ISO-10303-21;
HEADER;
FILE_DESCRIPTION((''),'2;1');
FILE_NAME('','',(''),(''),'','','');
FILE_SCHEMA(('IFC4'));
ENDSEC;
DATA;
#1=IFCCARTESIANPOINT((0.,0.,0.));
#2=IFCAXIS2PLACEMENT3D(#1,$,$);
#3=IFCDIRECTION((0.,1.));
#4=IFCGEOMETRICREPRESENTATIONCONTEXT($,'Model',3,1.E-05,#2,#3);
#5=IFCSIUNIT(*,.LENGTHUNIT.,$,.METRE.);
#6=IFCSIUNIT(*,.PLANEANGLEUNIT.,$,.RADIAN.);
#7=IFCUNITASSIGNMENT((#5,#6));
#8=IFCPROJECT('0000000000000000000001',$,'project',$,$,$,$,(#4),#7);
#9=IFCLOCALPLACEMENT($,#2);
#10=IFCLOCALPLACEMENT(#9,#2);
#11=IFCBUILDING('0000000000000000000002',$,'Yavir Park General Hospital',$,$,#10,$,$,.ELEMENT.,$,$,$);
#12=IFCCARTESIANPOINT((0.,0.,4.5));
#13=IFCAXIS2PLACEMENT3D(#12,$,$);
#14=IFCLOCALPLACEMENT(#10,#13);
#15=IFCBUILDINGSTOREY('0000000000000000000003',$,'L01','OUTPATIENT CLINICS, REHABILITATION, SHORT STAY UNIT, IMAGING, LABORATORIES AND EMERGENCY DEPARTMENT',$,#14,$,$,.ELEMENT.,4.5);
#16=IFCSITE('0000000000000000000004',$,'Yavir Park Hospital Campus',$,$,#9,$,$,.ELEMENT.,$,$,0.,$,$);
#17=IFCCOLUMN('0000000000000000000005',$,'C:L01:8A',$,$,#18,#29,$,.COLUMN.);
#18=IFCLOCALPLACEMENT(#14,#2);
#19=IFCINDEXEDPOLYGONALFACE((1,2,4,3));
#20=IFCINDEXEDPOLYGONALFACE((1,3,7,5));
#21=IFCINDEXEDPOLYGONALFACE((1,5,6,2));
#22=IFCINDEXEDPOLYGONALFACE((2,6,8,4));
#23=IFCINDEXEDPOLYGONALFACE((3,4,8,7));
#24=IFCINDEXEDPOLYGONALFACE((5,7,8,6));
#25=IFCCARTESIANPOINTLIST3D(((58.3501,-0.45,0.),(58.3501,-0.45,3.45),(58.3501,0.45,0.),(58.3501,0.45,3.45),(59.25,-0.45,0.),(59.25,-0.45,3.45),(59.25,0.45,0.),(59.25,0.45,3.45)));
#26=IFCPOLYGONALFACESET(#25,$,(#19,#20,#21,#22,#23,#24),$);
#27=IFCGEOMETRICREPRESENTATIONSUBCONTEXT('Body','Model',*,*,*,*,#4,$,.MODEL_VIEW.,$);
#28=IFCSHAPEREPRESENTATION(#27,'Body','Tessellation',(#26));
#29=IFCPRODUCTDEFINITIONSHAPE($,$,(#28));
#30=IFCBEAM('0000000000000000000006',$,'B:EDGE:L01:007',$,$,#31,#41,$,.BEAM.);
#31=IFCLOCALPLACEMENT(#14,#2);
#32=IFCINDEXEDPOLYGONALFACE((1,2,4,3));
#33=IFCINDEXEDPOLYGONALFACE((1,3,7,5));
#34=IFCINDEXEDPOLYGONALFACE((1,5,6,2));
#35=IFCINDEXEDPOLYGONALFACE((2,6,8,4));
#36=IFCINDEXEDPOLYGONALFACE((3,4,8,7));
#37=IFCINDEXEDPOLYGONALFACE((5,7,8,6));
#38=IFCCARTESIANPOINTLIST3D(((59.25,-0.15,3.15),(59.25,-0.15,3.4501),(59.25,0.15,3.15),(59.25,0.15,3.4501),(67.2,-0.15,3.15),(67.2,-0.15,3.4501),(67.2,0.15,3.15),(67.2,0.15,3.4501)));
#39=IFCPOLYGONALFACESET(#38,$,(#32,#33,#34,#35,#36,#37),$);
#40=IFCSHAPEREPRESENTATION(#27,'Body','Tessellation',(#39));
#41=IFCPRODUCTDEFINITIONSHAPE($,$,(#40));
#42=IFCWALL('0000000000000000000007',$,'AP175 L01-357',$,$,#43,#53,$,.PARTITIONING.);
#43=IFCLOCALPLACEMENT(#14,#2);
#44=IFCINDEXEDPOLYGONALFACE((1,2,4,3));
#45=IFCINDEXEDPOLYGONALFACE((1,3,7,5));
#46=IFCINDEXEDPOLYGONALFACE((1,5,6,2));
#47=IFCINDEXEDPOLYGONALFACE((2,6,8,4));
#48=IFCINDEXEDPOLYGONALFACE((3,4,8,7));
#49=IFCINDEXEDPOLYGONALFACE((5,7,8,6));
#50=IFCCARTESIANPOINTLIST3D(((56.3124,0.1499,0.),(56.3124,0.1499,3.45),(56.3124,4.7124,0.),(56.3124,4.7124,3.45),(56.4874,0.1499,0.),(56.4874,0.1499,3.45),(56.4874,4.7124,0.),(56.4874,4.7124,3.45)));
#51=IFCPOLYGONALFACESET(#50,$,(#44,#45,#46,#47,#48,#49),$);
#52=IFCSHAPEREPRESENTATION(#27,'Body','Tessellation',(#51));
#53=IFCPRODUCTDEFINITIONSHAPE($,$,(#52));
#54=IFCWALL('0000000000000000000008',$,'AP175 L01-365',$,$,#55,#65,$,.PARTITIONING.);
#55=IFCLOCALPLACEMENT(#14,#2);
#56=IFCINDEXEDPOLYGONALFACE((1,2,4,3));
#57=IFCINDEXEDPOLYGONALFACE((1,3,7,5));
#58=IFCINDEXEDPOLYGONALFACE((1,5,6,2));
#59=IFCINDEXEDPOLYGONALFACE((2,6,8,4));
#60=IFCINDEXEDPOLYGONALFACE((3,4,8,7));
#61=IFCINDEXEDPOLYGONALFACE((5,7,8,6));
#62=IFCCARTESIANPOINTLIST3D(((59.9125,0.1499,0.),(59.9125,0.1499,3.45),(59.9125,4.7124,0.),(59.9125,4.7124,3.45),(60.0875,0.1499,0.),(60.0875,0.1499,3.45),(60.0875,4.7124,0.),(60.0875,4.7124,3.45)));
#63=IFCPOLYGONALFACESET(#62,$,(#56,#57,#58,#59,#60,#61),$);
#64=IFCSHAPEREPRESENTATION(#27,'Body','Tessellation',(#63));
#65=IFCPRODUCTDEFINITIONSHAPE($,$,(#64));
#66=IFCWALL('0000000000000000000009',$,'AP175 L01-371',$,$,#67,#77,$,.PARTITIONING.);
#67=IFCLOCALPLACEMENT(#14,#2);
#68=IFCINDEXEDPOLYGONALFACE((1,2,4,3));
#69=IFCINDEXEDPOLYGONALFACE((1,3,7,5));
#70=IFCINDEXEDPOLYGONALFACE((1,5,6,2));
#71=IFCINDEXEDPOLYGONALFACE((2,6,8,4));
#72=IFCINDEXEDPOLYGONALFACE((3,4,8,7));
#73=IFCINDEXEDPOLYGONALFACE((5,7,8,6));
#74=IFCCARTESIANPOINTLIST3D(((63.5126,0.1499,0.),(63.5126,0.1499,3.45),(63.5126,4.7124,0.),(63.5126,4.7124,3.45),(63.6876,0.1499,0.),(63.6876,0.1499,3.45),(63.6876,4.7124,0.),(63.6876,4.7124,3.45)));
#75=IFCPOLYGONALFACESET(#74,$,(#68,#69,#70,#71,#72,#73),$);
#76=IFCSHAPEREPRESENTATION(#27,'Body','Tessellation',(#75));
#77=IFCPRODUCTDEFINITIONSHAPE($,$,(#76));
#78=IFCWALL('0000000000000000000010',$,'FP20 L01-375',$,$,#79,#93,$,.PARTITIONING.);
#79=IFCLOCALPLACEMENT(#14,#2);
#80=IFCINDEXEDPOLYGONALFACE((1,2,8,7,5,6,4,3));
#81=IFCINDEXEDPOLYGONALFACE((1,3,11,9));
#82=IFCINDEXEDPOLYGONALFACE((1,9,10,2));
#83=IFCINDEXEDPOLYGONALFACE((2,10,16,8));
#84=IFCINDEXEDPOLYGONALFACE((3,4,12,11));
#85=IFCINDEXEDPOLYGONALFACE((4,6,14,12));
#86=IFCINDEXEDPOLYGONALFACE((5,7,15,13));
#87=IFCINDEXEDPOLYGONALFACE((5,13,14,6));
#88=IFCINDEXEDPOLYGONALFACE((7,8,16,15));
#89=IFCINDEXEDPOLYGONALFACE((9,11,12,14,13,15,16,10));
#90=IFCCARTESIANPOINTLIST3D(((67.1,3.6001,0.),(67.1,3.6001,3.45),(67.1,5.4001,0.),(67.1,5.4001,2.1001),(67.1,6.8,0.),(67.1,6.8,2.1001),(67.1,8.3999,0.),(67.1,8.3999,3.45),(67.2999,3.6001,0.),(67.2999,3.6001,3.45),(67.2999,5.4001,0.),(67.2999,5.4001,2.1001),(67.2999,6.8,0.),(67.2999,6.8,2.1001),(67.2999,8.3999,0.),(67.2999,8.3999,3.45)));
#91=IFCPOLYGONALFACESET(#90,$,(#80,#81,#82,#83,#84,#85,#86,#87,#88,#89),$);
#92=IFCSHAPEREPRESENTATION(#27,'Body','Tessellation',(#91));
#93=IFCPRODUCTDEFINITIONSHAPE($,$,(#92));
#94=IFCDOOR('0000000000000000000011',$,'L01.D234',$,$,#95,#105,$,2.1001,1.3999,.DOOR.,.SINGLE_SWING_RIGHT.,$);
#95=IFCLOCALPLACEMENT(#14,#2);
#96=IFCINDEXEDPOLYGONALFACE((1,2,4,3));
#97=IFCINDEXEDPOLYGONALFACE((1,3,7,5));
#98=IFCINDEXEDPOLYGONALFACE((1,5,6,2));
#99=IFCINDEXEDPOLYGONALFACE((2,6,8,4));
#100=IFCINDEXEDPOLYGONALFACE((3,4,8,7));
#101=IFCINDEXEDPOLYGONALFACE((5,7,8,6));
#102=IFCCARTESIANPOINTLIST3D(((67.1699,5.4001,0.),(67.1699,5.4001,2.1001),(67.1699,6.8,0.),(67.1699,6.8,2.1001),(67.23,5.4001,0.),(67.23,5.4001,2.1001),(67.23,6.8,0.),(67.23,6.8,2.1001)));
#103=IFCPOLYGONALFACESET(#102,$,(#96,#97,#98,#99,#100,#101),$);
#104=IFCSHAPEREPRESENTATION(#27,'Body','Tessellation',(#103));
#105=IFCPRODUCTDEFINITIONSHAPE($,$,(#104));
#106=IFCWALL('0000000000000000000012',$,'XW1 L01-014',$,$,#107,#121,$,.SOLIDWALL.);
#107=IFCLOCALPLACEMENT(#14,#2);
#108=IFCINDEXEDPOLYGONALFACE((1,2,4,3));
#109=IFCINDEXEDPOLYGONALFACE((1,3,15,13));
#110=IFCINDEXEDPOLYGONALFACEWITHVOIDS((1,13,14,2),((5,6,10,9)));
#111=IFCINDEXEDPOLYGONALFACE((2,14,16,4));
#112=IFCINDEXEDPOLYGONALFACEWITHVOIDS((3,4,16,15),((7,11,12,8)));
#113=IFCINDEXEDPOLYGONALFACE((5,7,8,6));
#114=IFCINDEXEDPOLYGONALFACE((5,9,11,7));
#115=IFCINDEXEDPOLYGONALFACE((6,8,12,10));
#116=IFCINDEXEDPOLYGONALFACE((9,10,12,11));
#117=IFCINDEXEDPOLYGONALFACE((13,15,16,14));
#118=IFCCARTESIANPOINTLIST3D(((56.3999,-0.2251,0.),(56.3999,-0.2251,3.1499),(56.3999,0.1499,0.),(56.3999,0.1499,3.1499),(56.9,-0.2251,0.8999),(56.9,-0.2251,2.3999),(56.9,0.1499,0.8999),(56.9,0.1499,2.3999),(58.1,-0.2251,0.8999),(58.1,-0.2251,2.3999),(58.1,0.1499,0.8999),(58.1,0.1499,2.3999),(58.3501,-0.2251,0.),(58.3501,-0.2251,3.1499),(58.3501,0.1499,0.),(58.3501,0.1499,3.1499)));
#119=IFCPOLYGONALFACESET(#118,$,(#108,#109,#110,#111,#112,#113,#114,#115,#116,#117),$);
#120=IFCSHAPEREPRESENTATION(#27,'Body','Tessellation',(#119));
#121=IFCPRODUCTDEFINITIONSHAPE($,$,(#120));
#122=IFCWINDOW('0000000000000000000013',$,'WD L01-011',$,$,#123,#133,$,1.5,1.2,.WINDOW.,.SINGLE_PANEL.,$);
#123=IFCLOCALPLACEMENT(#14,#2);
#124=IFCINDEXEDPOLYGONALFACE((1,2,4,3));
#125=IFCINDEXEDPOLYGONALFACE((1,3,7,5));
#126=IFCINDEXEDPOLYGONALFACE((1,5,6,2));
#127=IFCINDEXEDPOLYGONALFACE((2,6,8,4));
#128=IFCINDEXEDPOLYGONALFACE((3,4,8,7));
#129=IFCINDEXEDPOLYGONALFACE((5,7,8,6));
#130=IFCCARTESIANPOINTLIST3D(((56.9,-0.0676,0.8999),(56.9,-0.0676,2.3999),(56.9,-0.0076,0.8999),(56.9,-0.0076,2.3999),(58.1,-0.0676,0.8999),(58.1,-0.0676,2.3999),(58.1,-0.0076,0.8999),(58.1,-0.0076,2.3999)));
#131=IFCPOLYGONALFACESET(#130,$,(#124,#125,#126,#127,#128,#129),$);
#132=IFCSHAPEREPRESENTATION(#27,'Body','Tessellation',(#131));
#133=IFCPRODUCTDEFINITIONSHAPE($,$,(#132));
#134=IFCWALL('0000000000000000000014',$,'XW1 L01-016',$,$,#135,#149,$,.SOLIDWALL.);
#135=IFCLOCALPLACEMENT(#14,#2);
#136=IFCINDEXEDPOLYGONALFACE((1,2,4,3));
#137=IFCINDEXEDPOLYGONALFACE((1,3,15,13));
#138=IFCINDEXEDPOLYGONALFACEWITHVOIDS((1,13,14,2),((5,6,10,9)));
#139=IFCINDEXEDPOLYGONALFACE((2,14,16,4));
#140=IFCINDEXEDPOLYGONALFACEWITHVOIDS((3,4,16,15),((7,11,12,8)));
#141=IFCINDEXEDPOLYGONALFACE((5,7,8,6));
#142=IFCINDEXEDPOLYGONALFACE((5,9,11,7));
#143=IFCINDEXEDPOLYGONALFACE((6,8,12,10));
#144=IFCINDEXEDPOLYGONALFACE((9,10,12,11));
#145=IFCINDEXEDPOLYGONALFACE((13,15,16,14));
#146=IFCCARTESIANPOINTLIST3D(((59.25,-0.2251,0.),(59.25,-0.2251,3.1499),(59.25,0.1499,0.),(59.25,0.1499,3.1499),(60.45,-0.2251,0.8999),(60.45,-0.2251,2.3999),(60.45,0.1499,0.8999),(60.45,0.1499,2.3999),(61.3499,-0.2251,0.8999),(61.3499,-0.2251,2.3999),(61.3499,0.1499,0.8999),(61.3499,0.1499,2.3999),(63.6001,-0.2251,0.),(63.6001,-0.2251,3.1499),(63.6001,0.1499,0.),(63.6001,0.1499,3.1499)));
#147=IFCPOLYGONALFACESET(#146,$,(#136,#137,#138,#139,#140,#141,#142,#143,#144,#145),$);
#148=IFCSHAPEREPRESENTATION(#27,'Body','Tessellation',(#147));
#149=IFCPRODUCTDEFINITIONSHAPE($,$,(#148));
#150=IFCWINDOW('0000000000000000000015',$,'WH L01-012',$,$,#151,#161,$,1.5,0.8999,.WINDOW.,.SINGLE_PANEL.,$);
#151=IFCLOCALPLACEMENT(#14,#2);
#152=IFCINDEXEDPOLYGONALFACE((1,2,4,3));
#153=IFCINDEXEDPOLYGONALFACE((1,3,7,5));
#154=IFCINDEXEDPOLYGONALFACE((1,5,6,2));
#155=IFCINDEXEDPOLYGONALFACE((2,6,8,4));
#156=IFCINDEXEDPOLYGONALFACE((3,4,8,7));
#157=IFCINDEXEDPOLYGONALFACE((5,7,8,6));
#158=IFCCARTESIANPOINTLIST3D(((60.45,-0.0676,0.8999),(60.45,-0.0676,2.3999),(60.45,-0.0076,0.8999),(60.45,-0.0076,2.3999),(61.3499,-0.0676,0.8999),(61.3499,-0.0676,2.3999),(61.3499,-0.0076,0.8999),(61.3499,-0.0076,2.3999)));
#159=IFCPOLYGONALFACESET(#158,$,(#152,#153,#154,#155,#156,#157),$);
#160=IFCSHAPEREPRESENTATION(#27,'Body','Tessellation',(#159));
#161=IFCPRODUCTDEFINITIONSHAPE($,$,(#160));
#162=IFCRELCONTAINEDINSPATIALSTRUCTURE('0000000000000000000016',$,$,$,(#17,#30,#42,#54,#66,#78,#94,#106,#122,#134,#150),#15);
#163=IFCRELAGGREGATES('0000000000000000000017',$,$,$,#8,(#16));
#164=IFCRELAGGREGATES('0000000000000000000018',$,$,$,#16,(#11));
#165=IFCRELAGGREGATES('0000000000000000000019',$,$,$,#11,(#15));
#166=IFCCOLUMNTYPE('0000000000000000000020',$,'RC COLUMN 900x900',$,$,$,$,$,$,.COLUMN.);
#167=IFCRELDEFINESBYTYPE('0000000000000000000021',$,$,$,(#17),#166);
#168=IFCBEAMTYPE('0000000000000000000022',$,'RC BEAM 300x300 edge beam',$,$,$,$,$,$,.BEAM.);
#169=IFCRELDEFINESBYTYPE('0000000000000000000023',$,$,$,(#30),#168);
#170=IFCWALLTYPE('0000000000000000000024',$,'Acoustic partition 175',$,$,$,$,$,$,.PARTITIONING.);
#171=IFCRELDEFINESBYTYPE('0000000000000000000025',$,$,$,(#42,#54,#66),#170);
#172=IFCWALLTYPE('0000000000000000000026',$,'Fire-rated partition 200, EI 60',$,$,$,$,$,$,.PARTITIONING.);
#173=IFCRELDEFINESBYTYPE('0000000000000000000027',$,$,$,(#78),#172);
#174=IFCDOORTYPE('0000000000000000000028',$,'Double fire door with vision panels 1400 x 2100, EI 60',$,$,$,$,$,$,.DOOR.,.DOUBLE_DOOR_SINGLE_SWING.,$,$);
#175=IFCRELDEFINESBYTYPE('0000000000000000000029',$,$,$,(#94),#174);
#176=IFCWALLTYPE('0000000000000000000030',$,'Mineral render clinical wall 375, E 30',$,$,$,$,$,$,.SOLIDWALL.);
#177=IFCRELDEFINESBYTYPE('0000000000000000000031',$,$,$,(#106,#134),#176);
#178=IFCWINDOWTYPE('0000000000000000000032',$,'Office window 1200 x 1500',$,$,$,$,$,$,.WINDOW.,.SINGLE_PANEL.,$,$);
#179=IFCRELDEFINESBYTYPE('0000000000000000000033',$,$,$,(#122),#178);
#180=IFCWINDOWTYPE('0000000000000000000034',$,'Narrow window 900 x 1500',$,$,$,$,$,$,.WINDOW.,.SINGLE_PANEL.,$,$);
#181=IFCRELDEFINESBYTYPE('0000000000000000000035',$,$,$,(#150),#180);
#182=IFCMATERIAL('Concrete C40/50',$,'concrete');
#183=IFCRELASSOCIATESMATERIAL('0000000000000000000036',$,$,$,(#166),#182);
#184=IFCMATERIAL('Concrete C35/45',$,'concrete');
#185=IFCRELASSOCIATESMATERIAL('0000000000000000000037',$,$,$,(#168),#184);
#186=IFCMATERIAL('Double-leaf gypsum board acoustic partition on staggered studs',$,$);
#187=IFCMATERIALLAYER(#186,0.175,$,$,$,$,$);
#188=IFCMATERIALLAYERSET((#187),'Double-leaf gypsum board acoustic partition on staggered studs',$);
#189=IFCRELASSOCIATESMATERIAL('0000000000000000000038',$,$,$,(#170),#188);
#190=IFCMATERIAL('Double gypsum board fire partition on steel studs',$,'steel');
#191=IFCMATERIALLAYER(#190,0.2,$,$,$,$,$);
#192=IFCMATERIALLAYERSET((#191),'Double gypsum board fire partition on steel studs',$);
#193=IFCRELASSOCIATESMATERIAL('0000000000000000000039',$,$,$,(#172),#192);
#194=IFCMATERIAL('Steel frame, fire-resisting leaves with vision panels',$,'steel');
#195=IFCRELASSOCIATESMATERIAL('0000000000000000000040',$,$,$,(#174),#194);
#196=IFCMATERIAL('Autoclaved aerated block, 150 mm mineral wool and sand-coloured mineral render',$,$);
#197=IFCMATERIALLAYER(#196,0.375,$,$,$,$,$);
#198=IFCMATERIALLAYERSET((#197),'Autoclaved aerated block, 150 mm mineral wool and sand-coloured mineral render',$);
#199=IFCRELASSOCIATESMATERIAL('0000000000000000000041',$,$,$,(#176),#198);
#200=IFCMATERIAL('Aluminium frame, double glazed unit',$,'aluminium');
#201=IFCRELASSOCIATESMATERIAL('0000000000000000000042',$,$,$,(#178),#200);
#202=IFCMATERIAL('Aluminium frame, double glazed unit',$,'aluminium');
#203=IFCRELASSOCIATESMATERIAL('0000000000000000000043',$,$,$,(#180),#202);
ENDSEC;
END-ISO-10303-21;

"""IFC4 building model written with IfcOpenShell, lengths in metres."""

from ifc_helpers import new_model, si_unit, direction, frame, frame_2d, origin, origin_2d, place, context, subcontext, project, spatial, rectangle, extrude, material, layer, layer_set, material_profile, profile_set, type_object, element, fill, save


model = new_model("IFC4")

# Units and contexts
model_context = context("Model", 3, precision=1e-05, world=origin(), true_north=direction((0.0, 1.0)))
body_context = subcontext(model_context, "Body", "Model", "MODEL_VIEW")
ifc_project = project(units=[si_unit("LENGTHUNIT", "METRE"), si_unit("PLANEANGLEUNIT", "RADIAN")], contexts=[model_context])

# Site, building, storey
site_placement = place(None, origin())
site = spatial("IfcSite", under=ifc_project, at=site_placement, Name="Yavir Park Hospital Campus", CompositionType="ELEMENT", RefElevation=0.0)
building_placement = place(site_placement, origin())
building = spatial("IfcBuilding", under=site, at=building_placement, Name="Yavir Park General Hospital", CompositionType="ELEMENT")
storey_placement = place(building_placement, frame((0.0, 0.0, 4.5)))
storey = spatial("IfcBuildingStorey", under=building, at=storey_placement, Name="L01", Description="OUTPATIENT CLINICS, REHABILITATION, SHORT STAY UNIT, IMAGING, LABORATORIES AND EMERGENCY DEPARTMENT", CompositionType="ELEMENT", Elevation=4.5)

# Column
ifc_material_1 = material(Name="Concrete C40/50", Category="concrete")
ifc_material_profile_1 = material_profile(ifc_material_1, rectangle(XDim=0.8999, YDim=0.8999, at=origin_2d()), Name="RC900x900")
ifc_profile_set_1 = profile_set([ifc_material_profile_1], Name="Concrete C40/50")
column_type = type_object("IfcColumnType", Name="RC COLUMN 900x900", PredefinedType="COLUMN", material=ifc_profile_set_1)
column_placement = place(storey_placement, frame((58.8, 0.0, 0.0), z_axis=(0.0, 0.0, 1.0), x_axis=(1.0, 0.0, 0.0)))
element("IfcColumn", 1, at=column_placement, inside=storey, type_object=column_type, Name="C:L01:8A", PredefinedType="COLUMN", context=body_context, shape_type="SweptSolid", body=[
    extrude(rectangle(XDim=0.8999, YDim=0.8999, at=origin_2d()), origin(), (0.0, 0.0, 1.0), 3.45),
])

# Beam
ifc_material_2 = material(Name="Concrete C35/45", Category="concrete")
ifc_material_profile_2 = material_profile(ifc_material_2, rectangle(XDim=0.3, YDim=0.3, at=origin_2d()), Name="RC300x300")
ifc_profile_set_2 = profile_set([ifc_material_profile_2], Name="Concrete C35/45")
beam_type = type_object("IfcBeamType", Name="RC BEAM 300x300 edge beam", PredefinedType="BEAM", material=ifc_profile_set_2)
beam_placement = place(storey_placement, frame((59.25, 0.0, 3.3), z_axis=(1.0, 0.0, 0.0), x_axis=(0.0, 1.0, 0.0)))
element("IfcBeam", 2, at=beam_placement, inside=storey, type_object=beam_type, Name="B:EDGE:L01:007", PredefinedType="BEAM", context=body_context, shape_type="SweptSolid", body=[
    extrude(rectangle(XDim=0.3, YDim=0.3, at=origin_2d()), origin(), (0.0, 0.0, 1.0), 7.95),
])

# Walls
ifc_material_3 = material(Name="Double-leaf gypsum board acoustic partition on staggered studs")
ifc_layer_1 = layer(ifc_material_3, 0.175)
ifc_layer_set_1 = layer_set([ifc_layer_1], Name="Double-leaf gypsum board acoustic partition on staggered studs")
wall_type_1 = type_object("IfcWallType", Name="Acoustic partition 175", PredefinedType="PARTITIONING", material=ifc_layer_set_1)
for number, where, z_axis, x_axis, name in (
    (3, (56.3999, 0.1499, 0.0), (0.0, 0.0, 1.0), (0.0, 1.0, 0.0), "AP175 L01-357"),
    (4, (60.0, 0.1499, 0.0), (0.0, 0.0, 1.0), (0.0, 1.0, 0.0), "AP175 L01-365"),
    (5, (63.6001, 0.1499, 0.0), (0.0, 0.0, 1.0), (0.0, 1.0, 0.0), "AP175 L01-371"),
):
    element("IfcWall", number, at=place(storey_placement, frame(where, z_axis=z_axis, x_axis=x_axis)), inside=storey, type_object=wall_type_1, Name=name, PredefinedType="PARTITIONING", context=body_context, shape_type="SweptSolid", body=[
        extrude(rectangle(XDim=4.5625, YDim=0.175, at=frame_2d((2.2812, 0.0))), origin(), (0.0, 0.0, 1.0), 3.45),
    ])

# Wall, opening, door
ifc_material_4 = material(Name="Double gypsum board fire partition on steel studs", Category="steel")
ifc_layer_2 = layer(ifc_material_4, 0.2)
ifc_layer_set_2 = layer_set([ifc_layer_2], Name="Double gypsum board fire partition on steel studs")
wall_type_2 = type_object("IfcWallType", Name="Fire-rated partition 200, EI 60", PredefinedType="PARTITIONING", material=ifc_layer_set_2)
wall_1_placement = place(storey_placement, frame((67.2, 3.6001, 0.0), z_axis=(0.0, 0.0, 1.0), x_axis=(0.0, 1.0, 0.0)))
wall_1 = element("IfcWall", 6, at=wall_1_placement, inside=storey, type_object=wall_type_2, Name="FP20 L01-375", PredefinedType="PARTITIONING", context=body_context, shape_type="SweptSolid", body=[
    extrude(rectangle(XDim=4.7998, YDim=0.2, at=frame_2d((2.3999, 0.0))), origin(), (0.0, 0.0, 1.0), 3.45),
])
opening_1_placement = place(wall_1_placement, frame((1.8, 0.0, 0.0)))
opening_1 = element("IfcOpeningElement", 7, at=opening_1_placement, cuts=wall_1, PredefinedType="OPENING", context=body_context, shape_type="SweptSolid", body=[
    extrude(rectangle(XDim=1.3999, YDim=2.1001, at=frame_2d((0.7, 1.05))), frame((0.0, 0.1099, 0.0), z_axis=(0.0, -1.0, 0.0), x_axis=(1.0, 0.0, 0.0)), (0.0, 0.0, 1.0), 0.22),
])
ifc_material_5 = material(Name="Steel frame, fire-resisting leaves with vision panels", Category="steel")
door_type_1 = type_object("IfcDoorType", Name="Double fire door with vision panels 1400 x 2100, EI 60", OperationType="DOUBLE_DOOR_SINGLE_SWING", PredefinedType="DOOR", material=ifc_material_5)
door_1_placement = place(opening_1_placement, origin())
door_1 = element("IfcDoor", 8, at=door_1_placement, inside=storey, type_object=door_type_1, Name="L01.D234", OperationType="SINGLE_SWING_RIGHT", OverallHeight=2.1001, OverallWidth=1.3999, PredefinedType="DOOR", context=body_context, shape_type="SweptSolid", body=[
    extrude(rectangle(XDim=1.3999, YDim=2.1001, at=frame_2d((0.7, 1.05))), frame((0.0, 0.03, 0.0), z_axis=(0.0, -1.0, 0.0), x_axis=(1.0, 0.0, 0.0)), (0.0, 0.0, 1.0), 0.0601),
])
fill(opening_1, door_1)

# Walls, openings, windows
ifc_material_6 = material(Name="Autoclaved aerated block, 150 mm mineral wool and sand-coloured mineral render")
ifc_layer_3 = layer(ifc_material_6, 0.375)
ifc_layer_set_3 = layer_set([ifc_layer_3], Name="Autoclaved aerated block, 150 mm mineral wool and sand-coloured mineral render")
wall_type_3 = type_object("IfcWallType", Name="Mineral render clinical wall 375, E 30", PredefinedType="SOLIDWALL", material=ifc_layer_set_3)
wall_2_placement = place(storey_placement, frame((56.3999, -0.0376, 0.0), z_axis=(0.0, 0.0, 1.0), x_axis=(1.0, 0.0, 0.0)))
wall_2 = element("IfcWall", 9, at=wall_2_placement, inside=storey, type_object=wall_type_3, Name="XW1 L01-014", PredefinedType="SOLIDWALL", context=body_context, shape_type="SweptSolid", body=[
    extrude(rectangle(XDim=1.9502, YDim=0.375, at=frame_2d((0.9751, 0.0))), origin(), (0.0, 0.0, 1.0), 3.1499),
])
opening_2_placement = place(wall_2_placement, frame((0.5, 0.0, 0.8999)))
opening_2 = element("IfcOpeningElement", 10, at=opening_2_placement, cuts=wall_2, PredefinedType="OPENING", context=body_context, shape_type="SweptSolid", body=[
    extrude(rectangle(XDim=1.2, YDim=1.5, at=frame_2d((0.6001, 0.75))), frame((0.0, 0.1975, 0.0), z_axis=(0.0, -1.0, 0.0), x_axis=(1.0, 0.0, 0.0)), (0.0, 0.0, 1.0), 0.395),
])
ifc_material_7 = material(Name="Aluminium frame, double glazed unit", Category="aluminium")
window_type_1 = type_object("IfcWindowType", Name="Office window 1200 x 1500", PartitioningType="SINGLE_PANEL", PredefinedType="WINDOW", material=ifc_material_7)
window_1_placement = place(opening_2_placement, origin())
window_1 = element("IfcWindow", 11, at=window_1_placement, inside=storey, type_object=window_type_1, Name="WD L01-011", OverallHeight=1.5, OverallWidth=1.2, PartitioningType="SINGLE_PANEL", PredefinedType="WINDOW", context=body_context, shape_type="SweptSolid", body=[
    extrude(rectangle(XDim=1.2, YDim=1.5, at=frame_2d((0.6001, 0.75))), frame((0.0, 0.03, 0.0), z_axis=(0.0, -1.0, 0.0), x_axis=(1.0, 0.0, 0.0)), (0.0, 0.0, 1.0), 0.0601),
])
fill(opening_2, window_1)
wall_3_placement = place(storey_placement, frame((59.25, -0.0376, 0.0), z_axis=(0.0, 0.0, 1.0), x_axis=(1.0, 0.0, 0.0)))
wall_3 = element("IfcWall", 12, at=wall_3_placement, inside=storey, type_object=wall_type_3, Name="XW1 L01-016", PredefinedType="SOLIDWALL", context=body_context, shape_type="SweptSolid", body=[
    extrude(rectangle(XDim=4.3501, YDim=0.375, at=frame_2d((2.175, 0.0))), origin(), (0.0, 0.0, 1.0), 3.1499),
])
opening_3_placement = place(wall_3_placement, frame((1.2, 0.0, 0.8999)))
opening_3 = element("IfcOpeningElement", 13, at=opening_3_placement, cuts=wall_3, PredefinedType="OPENING", context=body_context, shape_type="SweptSolid", body=[
    extrude(rectangle(XDim=0.8999, YDim=1.5, at=frame_2d((0.45, 0.75))), frame((0.0, 0.1975, 0.0), z_axis=(0.0, -1.0, 0.0), x_axis=(1.0, 0.0, 0.0)), (0.0, 0.0, 1.0), 0.395),
])
ifc_material_8 = material(Name="Aluminium frame, double glazed unit", Category="aluminium")
window_type_2 = type_object("IfcWindowType", Name="Narrow window 900 x 1500", PartitioningType="SINGLE_PANEL", PredefinedType="WINDOW", material=ifc_material_8)
window_2_placement = place(opening_3_placement, origin())
window_2 = element("IfcWindow", 14, at=window_2_placement, inside=storey, type_object=window_type_2, Name="WH L01-012", OverallHeight=1.5, OverallWidth=0.8999, PartitioningType="SINGLE_PANEL", PredefinedType="WINDOW", context=body_context, shape_type="SweptSolid", body=[
    extrude(rectangle(XDim=0.8999, YDim=1.5, at=frame_2d((0.45, 0.75))), frame((0.0, 0.03, 0.0), z_axis=(0.0, -1.0, 0.0), x_axis=(1.0, 0.0, 0.0)), (0.0, 0.0, 1.0), 0.0601),
])
fill(opening_3, window_2)

save(model, "model.ifc")
